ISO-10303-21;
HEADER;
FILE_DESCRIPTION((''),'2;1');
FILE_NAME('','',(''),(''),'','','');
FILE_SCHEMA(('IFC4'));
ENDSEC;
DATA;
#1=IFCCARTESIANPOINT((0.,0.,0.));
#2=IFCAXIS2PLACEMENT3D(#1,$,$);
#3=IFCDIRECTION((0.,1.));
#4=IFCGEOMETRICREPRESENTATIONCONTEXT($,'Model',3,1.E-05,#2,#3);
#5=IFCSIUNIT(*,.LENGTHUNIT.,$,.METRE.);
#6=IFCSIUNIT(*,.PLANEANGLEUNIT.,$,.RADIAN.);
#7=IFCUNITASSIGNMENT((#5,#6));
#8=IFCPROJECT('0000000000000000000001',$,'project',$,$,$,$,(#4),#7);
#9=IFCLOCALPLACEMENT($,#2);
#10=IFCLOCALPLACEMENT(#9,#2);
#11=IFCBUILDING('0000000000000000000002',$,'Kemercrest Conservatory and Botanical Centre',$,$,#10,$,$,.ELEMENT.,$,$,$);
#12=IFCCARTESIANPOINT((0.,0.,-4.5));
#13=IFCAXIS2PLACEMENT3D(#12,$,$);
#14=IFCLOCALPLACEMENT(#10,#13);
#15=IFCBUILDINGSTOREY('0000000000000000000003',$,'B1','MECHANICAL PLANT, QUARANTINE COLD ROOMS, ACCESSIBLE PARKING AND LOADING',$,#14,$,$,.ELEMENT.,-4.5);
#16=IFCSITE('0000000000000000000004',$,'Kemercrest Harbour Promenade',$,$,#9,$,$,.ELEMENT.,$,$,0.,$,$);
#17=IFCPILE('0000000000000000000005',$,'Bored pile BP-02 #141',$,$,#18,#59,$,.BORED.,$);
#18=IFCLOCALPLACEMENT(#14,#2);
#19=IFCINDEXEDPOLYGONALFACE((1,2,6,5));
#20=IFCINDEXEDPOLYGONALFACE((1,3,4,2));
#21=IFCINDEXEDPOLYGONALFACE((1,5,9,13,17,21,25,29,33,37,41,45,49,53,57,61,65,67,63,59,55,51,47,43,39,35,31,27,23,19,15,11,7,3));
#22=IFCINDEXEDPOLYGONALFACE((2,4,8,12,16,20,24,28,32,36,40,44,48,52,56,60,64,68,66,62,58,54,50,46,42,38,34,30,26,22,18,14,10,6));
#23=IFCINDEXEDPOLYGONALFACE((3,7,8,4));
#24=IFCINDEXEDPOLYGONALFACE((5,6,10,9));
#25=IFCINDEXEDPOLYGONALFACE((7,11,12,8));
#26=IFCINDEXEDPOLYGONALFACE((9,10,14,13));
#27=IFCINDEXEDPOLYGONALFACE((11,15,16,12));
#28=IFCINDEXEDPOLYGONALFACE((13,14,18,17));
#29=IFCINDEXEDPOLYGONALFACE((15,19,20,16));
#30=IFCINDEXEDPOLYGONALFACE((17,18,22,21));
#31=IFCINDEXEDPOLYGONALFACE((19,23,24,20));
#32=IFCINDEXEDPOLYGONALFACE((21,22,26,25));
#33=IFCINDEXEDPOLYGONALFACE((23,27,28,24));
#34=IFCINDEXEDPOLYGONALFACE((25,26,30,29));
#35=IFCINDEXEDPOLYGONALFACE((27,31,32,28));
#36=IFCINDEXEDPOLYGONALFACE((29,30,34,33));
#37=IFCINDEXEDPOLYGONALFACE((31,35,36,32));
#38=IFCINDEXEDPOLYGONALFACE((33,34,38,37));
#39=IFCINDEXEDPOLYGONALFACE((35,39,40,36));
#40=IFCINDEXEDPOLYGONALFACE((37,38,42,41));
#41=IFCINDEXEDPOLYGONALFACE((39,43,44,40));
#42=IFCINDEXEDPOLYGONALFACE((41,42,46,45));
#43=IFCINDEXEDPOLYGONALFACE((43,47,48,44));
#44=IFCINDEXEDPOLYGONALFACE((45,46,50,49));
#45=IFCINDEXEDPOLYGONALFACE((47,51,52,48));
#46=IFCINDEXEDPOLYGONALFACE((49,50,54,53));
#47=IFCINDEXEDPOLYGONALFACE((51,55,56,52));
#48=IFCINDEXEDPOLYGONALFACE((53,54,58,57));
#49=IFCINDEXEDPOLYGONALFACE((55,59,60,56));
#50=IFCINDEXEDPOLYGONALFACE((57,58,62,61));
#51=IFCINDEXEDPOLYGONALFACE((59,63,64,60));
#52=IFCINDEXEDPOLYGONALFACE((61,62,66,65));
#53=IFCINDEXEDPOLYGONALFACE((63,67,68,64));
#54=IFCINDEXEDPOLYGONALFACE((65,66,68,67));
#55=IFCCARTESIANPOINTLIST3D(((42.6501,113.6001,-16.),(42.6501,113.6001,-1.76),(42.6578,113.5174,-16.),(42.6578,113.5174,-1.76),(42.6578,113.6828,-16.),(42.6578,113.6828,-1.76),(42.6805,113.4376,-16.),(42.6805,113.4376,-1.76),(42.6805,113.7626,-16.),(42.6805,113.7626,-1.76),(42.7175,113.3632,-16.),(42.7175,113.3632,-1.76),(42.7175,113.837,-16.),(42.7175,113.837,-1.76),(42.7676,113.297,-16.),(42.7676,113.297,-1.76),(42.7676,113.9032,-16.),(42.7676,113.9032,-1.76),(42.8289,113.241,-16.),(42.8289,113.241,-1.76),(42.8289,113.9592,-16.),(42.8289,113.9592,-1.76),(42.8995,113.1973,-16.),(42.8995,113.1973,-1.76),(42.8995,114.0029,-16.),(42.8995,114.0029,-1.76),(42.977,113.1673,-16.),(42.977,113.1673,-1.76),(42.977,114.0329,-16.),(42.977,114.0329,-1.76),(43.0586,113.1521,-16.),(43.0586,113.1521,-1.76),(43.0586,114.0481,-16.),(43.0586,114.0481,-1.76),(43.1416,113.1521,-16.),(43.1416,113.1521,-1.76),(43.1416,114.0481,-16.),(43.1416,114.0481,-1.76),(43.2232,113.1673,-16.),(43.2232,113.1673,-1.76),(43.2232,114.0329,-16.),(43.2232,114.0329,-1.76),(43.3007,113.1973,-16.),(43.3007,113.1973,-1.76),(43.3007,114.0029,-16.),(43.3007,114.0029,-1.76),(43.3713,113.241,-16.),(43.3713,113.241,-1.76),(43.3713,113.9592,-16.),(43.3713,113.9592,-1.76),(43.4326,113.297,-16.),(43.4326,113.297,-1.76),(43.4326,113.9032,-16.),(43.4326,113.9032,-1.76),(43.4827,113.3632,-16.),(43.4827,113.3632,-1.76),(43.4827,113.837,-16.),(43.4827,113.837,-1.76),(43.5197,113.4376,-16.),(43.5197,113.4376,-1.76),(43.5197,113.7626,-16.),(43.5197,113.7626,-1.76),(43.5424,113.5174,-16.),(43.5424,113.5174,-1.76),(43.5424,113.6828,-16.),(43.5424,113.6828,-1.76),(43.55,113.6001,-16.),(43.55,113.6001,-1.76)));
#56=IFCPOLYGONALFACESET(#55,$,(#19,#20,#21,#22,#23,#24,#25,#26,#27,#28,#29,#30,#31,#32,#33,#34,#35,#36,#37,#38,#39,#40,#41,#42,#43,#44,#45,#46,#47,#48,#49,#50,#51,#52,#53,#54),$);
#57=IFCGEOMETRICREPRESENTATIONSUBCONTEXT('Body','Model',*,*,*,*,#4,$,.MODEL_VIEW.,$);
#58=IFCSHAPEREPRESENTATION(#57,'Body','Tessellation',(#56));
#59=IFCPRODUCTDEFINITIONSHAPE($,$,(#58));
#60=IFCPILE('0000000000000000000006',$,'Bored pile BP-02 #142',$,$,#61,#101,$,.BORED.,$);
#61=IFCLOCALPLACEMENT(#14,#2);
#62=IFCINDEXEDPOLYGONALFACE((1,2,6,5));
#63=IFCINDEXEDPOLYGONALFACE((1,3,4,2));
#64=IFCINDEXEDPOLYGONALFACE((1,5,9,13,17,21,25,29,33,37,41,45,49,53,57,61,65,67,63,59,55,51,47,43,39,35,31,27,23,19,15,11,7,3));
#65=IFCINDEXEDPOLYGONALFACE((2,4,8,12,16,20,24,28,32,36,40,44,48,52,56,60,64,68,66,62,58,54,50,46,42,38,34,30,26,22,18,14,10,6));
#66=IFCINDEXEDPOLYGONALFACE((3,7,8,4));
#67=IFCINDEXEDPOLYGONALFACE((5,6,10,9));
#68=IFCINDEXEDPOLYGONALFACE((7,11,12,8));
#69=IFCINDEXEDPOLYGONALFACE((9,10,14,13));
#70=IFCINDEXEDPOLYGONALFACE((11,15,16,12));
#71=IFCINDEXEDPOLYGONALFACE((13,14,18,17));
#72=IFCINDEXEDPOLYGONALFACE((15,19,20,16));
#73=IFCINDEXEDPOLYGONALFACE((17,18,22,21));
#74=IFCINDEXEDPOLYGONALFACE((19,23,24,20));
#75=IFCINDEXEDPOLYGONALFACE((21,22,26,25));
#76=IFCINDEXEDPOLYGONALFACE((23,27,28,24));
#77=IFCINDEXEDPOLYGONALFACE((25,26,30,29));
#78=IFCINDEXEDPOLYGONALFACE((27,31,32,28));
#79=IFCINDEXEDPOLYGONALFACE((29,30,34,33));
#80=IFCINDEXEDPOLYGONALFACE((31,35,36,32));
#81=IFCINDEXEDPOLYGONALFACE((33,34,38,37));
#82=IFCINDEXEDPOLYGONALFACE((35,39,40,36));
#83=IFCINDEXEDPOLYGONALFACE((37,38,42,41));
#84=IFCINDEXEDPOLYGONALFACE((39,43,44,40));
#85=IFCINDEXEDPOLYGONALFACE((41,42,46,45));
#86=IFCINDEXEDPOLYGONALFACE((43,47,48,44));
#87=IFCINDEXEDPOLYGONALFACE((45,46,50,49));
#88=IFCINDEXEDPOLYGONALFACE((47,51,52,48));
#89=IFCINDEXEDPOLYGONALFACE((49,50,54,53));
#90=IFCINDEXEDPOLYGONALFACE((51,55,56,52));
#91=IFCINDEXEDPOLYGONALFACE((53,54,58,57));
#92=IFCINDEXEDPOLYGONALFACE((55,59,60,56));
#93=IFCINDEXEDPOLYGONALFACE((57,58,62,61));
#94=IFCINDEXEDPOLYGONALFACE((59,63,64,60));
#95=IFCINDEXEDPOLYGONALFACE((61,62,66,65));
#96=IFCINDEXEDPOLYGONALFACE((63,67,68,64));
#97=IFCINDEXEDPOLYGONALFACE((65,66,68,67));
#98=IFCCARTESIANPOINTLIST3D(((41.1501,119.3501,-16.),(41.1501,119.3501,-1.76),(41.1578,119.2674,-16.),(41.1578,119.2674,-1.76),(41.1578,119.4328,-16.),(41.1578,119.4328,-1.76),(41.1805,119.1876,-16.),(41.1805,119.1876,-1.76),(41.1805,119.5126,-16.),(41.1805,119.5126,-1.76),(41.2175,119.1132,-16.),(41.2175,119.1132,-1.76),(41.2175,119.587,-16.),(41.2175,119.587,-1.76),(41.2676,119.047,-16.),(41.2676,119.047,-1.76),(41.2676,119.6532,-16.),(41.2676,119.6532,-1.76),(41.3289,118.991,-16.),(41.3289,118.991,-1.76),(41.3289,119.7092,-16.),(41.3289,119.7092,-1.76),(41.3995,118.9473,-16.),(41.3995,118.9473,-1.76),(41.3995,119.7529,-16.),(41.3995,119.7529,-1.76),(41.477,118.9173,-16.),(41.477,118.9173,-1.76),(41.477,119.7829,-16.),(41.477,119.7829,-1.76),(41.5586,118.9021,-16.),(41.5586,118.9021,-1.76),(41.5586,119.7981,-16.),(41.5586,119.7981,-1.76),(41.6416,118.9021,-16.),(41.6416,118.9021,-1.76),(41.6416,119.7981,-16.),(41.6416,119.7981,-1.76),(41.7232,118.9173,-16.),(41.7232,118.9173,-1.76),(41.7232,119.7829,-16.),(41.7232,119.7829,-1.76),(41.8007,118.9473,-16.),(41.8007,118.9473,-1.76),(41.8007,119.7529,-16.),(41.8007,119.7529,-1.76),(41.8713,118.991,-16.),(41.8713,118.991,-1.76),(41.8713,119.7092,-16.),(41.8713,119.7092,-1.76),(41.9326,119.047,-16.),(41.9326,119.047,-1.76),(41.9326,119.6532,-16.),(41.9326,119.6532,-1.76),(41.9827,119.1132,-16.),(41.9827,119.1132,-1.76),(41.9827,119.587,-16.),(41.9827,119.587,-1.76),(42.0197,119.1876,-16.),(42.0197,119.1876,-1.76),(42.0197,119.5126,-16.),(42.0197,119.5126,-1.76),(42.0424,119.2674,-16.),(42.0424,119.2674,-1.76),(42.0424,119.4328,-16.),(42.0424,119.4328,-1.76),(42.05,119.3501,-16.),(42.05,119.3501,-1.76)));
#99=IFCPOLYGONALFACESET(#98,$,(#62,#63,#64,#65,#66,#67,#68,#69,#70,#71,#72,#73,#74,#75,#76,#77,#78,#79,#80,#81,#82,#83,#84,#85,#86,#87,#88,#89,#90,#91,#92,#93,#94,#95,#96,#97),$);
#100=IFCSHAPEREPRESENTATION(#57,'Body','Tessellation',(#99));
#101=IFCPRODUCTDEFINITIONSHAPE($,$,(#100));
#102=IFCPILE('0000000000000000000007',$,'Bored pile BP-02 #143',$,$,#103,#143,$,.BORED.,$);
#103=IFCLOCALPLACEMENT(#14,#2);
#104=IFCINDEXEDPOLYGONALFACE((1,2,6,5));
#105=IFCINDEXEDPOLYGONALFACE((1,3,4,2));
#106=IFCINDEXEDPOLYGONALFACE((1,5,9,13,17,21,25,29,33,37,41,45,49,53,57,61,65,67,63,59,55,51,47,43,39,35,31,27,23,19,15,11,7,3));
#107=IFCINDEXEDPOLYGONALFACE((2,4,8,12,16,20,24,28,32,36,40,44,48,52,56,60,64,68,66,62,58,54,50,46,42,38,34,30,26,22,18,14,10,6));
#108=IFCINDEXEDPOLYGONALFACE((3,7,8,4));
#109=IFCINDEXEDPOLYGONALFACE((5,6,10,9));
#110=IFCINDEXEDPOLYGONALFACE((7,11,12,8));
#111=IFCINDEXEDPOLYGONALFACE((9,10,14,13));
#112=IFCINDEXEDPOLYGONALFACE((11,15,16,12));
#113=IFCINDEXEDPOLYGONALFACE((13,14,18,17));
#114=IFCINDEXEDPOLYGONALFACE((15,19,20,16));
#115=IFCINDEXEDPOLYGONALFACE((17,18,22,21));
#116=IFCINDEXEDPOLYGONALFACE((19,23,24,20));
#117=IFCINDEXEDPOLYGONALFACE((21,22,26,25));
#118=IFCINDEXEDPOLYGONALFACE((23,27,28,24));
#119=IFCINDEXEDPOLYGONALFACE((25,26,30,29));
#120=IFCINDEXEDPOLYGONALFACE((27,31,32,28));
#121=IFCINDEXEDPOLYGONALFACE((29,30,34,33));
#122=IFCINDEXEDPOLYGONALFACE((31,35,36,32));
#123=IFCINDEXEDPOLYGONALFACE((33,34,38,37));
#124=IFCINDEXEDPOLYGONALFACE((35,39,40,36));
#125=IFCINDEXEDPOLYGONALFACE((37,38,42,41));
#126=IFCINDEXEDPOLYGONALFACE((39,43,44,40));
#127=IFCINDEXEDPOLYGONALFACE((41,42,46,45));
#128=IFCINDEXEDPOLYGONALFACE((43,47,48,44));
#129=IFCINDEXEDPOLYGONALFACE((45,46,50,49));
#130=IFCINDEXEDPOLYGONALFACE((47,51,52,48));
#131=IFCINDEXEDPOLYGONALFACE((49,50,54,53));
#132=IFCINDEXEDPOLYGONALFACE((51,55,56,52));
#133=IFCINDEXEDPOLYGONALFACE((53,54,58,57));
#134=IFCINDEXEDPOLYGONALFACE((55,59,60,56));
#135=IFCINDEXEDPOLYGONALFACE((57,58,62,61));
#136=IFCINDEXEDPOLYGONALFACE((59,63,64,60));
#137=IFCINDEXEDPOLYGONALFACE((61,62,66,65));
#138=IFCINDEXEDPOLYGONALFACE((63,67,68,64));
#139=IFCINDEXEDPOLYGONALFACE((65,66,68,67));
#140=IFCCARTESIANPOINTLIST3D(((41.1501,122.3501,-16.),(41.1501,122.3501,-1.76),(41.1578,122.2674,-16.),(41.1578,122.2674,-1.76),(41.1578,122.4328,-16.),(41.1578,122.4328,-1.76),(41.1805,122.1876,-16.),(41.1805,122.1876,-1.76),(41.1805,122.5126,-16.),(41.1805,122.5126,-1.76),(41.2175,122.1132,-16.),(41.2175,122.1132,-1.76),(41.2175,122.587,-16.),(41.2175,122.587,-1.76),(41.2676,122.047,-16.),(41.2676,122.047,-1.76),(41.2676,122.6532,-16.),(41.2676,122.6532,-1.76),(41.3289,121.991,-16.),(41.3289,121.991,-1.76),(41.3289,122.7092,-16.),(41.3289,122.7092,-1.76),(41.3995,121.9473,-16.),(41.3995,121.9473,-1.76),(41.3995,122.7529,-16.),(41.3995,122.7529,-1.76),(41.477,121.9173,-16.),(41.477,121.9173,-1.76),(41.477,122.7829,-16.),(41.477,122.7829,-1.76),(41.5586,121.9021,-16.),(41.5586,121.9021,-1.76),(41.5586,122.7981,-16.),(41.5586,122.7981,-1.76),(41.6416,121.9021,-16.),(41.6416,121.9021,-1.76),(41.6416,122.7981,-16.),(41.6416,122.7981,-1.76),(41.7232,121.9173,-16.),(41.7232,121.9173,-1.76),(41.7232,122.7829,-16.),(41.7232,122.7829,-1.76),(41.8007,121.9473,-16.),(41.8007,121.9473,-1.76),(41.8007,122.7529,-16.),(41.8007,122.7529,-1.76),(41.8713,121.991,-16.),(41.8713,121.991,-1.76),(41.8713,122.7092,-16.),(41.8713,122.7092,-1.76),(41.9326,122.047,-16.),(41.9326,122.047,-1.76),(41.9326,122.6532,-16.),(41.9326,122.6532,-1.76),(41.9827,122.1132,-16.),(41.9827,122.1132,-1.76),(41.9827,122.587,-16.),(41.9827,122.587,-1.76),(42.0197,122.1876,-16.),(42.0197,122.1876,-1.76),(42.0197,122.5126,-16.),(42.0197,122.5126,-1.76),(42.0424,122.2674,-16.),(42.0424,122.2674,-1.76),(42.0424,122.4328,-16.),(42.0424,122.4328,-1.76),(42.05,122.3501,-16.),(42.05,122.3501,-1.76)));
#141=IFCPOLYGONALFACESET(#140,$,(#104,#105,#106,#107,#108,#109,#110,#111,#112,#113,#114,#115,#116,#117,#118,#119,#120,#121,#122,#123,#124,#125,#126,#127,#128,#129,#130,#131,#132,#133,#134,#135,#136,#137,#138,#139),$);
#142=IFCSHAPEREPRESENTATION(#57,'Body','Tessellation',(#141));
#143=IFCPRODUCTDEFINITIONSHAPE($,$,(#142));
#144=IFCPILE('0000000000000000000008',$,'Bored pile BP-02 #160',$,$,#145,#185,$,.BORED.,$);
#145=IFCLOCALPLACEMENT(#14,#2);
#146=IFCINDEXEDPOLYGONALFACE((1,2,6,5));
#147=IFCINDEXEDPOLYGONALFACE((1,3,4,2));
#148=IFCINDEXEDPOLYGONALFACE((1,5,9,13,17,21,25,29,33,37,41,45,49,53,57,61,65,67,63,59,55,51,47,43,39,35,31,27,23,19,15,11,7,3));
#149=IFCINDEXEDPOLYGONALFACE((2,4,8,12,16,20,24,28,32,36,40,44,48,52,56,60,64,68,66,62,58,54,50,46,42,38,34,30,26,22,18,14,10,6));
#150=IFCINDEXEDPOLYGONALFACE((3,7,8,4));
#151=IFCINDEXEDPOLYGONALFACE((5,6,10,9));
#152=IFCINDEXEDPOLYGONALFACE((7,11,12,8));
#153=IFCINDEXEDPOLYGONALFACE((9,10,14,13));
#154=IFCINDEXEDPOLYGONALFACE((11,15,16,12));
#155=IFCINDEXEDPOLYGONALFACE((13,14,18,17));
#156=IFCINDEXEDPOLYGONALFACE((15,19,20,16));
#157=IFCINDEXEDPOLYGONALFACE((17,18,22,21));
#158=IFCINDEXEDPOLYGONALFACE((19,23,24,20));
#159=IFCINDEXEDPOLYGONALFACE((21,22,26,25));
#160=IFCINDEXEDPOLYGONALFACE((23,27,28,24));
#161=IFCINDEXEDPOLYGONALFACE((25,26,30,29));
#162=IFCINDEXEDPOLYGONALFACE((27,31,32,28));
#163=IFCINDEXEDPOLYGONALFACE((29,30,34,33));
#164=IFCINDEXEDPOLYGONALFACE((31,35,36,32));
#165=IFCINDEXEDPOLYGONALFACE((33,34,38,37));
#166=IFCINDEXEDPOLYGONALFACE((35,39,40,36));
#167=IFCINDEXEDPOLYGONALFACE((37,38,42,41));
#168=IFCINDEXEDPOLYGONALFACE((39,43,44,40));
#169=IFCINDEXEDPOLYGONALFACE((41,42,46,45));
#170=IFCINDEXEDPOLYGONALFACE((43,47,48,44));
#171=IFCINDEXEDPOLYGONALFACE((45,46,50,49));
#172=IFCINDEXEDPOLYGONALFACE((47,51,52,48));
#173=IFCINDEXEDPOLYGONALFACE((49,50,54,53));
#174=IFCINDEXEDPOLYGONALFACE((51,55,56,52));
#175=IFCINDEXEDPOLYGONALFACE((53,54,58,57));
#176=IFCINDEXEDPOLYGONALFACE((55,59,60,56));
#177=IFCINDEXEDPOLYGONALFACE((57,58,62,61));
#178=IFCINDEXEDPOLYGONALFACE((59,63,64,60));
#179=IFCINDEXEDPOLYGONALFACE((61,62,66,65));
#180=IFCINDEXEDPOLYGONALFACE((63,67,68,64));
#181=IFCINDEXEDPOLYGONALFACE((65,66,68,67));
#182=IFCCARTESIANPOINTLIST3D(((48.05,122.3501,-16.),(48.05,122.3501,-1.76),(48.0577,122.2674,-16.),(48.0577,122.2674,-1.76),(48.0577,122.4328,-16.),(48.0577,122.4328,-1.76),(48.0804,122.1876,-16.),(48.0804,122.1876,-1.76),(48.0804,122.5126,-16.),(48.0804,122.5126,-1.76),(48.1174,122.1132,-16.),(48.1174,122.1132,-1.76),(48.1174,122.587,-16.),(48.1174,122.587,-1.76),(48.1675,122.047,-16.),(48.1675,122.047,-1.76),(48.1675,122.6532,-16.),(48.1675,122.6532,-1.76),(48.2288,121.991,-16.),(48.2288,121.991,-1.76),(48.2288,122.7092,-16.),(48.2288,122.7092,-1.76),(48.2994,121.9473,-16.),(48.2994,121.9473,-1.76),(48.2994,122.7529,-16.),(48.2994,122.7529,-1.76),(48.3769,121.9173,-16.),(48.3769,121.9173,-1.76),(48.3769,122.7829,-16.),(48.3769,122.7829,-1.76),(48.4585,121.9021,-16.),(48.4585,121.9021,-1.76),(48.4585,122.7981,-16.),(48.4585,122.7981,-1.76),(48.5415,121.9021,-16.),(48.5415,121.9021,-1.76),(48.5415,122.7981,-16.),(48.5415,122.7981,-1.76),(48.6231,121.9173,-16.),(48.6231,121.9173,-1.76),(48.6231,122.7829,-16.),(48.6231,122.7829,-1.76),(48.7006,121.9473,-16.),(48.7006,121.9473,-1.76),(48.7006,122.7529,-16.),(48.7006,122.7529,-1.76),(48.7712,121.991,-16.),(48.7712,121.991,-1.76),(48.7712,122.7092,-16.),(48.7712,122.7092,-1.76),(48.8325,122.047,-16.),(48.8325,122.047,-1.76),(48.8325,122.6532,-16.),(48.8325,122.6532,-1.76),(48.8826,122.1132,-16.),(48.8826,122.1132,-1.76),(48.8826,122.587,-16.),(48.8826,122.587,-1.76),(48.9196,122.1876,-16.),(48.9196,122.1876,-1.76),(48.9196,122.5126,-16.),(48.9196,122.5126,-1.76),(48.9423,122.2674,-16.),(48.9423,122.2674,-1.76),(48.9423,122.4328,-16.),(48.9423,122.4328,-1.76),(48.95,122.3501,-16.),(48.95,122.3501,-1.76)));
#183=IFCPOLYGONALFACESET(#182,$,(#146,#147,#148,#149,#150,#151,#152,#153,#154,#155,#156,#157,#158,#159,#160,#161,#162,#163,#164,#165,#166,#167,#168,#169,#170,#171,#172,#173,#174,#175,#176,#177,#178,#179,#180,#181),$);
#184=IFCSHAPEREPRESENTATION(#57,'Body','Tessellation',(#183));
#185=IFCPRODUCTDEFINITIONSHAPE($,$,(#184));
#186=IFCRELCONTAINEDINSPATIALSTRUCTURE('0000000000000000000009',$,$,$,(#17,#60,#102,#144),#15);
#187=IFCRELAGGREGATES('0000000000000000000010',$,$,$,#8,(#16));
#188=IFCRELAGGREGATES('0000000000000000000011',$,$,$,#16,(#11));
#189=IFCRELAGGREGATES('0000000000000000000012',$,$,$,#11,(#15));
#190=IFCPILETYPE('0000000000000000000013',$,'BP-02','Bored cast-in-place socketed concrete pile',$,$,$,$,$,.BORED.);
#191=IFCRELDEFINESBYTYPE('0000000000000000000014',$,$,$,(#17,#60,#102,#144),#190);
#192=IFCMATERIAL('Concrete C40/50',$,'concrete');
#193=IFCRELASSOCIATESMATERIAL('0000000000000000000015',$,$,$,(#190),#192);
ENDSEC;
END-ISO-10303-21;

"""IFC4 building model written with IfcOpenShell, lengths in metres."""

from ifc_helpers import new_model, si_unit, direction, frame, origin, origin_2d, place, context, subcontext, project, spatial, circle, extrude, material, material_profile, profile_set, type_object, element, save


model = new_model("IFC4")

# Units and contexts
model_context = context("Model", 3, precision=1e-05, world=origin(), true_north=direction((0.0, 1.0)))
body_context = subcontext(model_context, "Body", "Model", "MODEL_VIEW")
ifc_project = project(units=[si_unit("LENGTHUNIT", "METRE"), si_unit("PLANEANGLEUNIT", "RADIAN")], contexts=[model_context])

# Site, building, storey
site_placement = place(None, origin())
site = spatial("IfcSite", under=ifc_project, at=site_placement, Name="Kemercrest Harbour Promenade", CompositionType="ELEMENT", RefElevation=0.0)
building_placement = place(site_placement, origin())
building = spatial("IfcBuilding", under=site, at=building_placement, Name="Kemercrest Conservatory and Botanical Centre", CompositionType="ELEMENT")
storey_placement = place(building_placement, frame((0.0, 0.0, -4.5)))
storey = spatial("IfcBuildingStorey", under=building, at=storey_placement, Name="B1", Description="MECHANICAL PLANT, QUARANTINE COLD ROOMS, ACCESSIBLE PARKING AND LOADING", CompositionType="ELEMENT", Elevation=-4.5)

# Piles
ifc_material_1 = material(Name="Concrete C40/50", Category="concrete")
ifc_material_profile_1 = material_profile(ifc_material_1, circle(Radius=0.45, at=origin_2d()), Name="BORED PILE 900")
ifc_profile_set_1 = profile_set([ifc_material_profile_1], Name="Concrete C40/50")
pile_type_1 = type_object("IfcPileType", Name="BP-02", Description="Bored cast-in-place socketed concrete pile", PredefinedType="BORED", material=ifc_profile_set_1)
for number, where, z_axis, x_axis, name in (
    (1, (43.1001, 113.6001, -1.76), (0.0, 0.0, -1.0), (1.0, 0.0, 0.0), "Bored pile BP-02 #141"),
    (2, (41.6001, 119.3501, -1.76), (0.0, 0.0, -1.0), (1.0, 0.0, 0.0), "Bored pile BP-02 #142"),
    (3, (41.6001, 122.3501, -1.76), (0.0, 0.0, -1.0), (1.0, 0.0, 0.0), "Bored pile BP-02 #143"),
    (4, (48.5, 122.3501, -1.76), (0.0, 0.0, -1.0), (1.0, 0.0, 0.0), "Bored pile BP-02 #160"),
):
    element("IfcPile", number, at=place(storey_placement, frame(where, z_axis=z_axis, x_axis=x_axis)), inside=storey, type_object=pile_type_1, Name=name, PredefinedType="BORED", context=body_context, shape_type="SweptSolid", body=[
        extrude(circle(Radius=0.45, at=origin_2d()), origin(), (0.0, 0.0, 1.0), 14.24),
    ])

save(model, "model.ifc")
